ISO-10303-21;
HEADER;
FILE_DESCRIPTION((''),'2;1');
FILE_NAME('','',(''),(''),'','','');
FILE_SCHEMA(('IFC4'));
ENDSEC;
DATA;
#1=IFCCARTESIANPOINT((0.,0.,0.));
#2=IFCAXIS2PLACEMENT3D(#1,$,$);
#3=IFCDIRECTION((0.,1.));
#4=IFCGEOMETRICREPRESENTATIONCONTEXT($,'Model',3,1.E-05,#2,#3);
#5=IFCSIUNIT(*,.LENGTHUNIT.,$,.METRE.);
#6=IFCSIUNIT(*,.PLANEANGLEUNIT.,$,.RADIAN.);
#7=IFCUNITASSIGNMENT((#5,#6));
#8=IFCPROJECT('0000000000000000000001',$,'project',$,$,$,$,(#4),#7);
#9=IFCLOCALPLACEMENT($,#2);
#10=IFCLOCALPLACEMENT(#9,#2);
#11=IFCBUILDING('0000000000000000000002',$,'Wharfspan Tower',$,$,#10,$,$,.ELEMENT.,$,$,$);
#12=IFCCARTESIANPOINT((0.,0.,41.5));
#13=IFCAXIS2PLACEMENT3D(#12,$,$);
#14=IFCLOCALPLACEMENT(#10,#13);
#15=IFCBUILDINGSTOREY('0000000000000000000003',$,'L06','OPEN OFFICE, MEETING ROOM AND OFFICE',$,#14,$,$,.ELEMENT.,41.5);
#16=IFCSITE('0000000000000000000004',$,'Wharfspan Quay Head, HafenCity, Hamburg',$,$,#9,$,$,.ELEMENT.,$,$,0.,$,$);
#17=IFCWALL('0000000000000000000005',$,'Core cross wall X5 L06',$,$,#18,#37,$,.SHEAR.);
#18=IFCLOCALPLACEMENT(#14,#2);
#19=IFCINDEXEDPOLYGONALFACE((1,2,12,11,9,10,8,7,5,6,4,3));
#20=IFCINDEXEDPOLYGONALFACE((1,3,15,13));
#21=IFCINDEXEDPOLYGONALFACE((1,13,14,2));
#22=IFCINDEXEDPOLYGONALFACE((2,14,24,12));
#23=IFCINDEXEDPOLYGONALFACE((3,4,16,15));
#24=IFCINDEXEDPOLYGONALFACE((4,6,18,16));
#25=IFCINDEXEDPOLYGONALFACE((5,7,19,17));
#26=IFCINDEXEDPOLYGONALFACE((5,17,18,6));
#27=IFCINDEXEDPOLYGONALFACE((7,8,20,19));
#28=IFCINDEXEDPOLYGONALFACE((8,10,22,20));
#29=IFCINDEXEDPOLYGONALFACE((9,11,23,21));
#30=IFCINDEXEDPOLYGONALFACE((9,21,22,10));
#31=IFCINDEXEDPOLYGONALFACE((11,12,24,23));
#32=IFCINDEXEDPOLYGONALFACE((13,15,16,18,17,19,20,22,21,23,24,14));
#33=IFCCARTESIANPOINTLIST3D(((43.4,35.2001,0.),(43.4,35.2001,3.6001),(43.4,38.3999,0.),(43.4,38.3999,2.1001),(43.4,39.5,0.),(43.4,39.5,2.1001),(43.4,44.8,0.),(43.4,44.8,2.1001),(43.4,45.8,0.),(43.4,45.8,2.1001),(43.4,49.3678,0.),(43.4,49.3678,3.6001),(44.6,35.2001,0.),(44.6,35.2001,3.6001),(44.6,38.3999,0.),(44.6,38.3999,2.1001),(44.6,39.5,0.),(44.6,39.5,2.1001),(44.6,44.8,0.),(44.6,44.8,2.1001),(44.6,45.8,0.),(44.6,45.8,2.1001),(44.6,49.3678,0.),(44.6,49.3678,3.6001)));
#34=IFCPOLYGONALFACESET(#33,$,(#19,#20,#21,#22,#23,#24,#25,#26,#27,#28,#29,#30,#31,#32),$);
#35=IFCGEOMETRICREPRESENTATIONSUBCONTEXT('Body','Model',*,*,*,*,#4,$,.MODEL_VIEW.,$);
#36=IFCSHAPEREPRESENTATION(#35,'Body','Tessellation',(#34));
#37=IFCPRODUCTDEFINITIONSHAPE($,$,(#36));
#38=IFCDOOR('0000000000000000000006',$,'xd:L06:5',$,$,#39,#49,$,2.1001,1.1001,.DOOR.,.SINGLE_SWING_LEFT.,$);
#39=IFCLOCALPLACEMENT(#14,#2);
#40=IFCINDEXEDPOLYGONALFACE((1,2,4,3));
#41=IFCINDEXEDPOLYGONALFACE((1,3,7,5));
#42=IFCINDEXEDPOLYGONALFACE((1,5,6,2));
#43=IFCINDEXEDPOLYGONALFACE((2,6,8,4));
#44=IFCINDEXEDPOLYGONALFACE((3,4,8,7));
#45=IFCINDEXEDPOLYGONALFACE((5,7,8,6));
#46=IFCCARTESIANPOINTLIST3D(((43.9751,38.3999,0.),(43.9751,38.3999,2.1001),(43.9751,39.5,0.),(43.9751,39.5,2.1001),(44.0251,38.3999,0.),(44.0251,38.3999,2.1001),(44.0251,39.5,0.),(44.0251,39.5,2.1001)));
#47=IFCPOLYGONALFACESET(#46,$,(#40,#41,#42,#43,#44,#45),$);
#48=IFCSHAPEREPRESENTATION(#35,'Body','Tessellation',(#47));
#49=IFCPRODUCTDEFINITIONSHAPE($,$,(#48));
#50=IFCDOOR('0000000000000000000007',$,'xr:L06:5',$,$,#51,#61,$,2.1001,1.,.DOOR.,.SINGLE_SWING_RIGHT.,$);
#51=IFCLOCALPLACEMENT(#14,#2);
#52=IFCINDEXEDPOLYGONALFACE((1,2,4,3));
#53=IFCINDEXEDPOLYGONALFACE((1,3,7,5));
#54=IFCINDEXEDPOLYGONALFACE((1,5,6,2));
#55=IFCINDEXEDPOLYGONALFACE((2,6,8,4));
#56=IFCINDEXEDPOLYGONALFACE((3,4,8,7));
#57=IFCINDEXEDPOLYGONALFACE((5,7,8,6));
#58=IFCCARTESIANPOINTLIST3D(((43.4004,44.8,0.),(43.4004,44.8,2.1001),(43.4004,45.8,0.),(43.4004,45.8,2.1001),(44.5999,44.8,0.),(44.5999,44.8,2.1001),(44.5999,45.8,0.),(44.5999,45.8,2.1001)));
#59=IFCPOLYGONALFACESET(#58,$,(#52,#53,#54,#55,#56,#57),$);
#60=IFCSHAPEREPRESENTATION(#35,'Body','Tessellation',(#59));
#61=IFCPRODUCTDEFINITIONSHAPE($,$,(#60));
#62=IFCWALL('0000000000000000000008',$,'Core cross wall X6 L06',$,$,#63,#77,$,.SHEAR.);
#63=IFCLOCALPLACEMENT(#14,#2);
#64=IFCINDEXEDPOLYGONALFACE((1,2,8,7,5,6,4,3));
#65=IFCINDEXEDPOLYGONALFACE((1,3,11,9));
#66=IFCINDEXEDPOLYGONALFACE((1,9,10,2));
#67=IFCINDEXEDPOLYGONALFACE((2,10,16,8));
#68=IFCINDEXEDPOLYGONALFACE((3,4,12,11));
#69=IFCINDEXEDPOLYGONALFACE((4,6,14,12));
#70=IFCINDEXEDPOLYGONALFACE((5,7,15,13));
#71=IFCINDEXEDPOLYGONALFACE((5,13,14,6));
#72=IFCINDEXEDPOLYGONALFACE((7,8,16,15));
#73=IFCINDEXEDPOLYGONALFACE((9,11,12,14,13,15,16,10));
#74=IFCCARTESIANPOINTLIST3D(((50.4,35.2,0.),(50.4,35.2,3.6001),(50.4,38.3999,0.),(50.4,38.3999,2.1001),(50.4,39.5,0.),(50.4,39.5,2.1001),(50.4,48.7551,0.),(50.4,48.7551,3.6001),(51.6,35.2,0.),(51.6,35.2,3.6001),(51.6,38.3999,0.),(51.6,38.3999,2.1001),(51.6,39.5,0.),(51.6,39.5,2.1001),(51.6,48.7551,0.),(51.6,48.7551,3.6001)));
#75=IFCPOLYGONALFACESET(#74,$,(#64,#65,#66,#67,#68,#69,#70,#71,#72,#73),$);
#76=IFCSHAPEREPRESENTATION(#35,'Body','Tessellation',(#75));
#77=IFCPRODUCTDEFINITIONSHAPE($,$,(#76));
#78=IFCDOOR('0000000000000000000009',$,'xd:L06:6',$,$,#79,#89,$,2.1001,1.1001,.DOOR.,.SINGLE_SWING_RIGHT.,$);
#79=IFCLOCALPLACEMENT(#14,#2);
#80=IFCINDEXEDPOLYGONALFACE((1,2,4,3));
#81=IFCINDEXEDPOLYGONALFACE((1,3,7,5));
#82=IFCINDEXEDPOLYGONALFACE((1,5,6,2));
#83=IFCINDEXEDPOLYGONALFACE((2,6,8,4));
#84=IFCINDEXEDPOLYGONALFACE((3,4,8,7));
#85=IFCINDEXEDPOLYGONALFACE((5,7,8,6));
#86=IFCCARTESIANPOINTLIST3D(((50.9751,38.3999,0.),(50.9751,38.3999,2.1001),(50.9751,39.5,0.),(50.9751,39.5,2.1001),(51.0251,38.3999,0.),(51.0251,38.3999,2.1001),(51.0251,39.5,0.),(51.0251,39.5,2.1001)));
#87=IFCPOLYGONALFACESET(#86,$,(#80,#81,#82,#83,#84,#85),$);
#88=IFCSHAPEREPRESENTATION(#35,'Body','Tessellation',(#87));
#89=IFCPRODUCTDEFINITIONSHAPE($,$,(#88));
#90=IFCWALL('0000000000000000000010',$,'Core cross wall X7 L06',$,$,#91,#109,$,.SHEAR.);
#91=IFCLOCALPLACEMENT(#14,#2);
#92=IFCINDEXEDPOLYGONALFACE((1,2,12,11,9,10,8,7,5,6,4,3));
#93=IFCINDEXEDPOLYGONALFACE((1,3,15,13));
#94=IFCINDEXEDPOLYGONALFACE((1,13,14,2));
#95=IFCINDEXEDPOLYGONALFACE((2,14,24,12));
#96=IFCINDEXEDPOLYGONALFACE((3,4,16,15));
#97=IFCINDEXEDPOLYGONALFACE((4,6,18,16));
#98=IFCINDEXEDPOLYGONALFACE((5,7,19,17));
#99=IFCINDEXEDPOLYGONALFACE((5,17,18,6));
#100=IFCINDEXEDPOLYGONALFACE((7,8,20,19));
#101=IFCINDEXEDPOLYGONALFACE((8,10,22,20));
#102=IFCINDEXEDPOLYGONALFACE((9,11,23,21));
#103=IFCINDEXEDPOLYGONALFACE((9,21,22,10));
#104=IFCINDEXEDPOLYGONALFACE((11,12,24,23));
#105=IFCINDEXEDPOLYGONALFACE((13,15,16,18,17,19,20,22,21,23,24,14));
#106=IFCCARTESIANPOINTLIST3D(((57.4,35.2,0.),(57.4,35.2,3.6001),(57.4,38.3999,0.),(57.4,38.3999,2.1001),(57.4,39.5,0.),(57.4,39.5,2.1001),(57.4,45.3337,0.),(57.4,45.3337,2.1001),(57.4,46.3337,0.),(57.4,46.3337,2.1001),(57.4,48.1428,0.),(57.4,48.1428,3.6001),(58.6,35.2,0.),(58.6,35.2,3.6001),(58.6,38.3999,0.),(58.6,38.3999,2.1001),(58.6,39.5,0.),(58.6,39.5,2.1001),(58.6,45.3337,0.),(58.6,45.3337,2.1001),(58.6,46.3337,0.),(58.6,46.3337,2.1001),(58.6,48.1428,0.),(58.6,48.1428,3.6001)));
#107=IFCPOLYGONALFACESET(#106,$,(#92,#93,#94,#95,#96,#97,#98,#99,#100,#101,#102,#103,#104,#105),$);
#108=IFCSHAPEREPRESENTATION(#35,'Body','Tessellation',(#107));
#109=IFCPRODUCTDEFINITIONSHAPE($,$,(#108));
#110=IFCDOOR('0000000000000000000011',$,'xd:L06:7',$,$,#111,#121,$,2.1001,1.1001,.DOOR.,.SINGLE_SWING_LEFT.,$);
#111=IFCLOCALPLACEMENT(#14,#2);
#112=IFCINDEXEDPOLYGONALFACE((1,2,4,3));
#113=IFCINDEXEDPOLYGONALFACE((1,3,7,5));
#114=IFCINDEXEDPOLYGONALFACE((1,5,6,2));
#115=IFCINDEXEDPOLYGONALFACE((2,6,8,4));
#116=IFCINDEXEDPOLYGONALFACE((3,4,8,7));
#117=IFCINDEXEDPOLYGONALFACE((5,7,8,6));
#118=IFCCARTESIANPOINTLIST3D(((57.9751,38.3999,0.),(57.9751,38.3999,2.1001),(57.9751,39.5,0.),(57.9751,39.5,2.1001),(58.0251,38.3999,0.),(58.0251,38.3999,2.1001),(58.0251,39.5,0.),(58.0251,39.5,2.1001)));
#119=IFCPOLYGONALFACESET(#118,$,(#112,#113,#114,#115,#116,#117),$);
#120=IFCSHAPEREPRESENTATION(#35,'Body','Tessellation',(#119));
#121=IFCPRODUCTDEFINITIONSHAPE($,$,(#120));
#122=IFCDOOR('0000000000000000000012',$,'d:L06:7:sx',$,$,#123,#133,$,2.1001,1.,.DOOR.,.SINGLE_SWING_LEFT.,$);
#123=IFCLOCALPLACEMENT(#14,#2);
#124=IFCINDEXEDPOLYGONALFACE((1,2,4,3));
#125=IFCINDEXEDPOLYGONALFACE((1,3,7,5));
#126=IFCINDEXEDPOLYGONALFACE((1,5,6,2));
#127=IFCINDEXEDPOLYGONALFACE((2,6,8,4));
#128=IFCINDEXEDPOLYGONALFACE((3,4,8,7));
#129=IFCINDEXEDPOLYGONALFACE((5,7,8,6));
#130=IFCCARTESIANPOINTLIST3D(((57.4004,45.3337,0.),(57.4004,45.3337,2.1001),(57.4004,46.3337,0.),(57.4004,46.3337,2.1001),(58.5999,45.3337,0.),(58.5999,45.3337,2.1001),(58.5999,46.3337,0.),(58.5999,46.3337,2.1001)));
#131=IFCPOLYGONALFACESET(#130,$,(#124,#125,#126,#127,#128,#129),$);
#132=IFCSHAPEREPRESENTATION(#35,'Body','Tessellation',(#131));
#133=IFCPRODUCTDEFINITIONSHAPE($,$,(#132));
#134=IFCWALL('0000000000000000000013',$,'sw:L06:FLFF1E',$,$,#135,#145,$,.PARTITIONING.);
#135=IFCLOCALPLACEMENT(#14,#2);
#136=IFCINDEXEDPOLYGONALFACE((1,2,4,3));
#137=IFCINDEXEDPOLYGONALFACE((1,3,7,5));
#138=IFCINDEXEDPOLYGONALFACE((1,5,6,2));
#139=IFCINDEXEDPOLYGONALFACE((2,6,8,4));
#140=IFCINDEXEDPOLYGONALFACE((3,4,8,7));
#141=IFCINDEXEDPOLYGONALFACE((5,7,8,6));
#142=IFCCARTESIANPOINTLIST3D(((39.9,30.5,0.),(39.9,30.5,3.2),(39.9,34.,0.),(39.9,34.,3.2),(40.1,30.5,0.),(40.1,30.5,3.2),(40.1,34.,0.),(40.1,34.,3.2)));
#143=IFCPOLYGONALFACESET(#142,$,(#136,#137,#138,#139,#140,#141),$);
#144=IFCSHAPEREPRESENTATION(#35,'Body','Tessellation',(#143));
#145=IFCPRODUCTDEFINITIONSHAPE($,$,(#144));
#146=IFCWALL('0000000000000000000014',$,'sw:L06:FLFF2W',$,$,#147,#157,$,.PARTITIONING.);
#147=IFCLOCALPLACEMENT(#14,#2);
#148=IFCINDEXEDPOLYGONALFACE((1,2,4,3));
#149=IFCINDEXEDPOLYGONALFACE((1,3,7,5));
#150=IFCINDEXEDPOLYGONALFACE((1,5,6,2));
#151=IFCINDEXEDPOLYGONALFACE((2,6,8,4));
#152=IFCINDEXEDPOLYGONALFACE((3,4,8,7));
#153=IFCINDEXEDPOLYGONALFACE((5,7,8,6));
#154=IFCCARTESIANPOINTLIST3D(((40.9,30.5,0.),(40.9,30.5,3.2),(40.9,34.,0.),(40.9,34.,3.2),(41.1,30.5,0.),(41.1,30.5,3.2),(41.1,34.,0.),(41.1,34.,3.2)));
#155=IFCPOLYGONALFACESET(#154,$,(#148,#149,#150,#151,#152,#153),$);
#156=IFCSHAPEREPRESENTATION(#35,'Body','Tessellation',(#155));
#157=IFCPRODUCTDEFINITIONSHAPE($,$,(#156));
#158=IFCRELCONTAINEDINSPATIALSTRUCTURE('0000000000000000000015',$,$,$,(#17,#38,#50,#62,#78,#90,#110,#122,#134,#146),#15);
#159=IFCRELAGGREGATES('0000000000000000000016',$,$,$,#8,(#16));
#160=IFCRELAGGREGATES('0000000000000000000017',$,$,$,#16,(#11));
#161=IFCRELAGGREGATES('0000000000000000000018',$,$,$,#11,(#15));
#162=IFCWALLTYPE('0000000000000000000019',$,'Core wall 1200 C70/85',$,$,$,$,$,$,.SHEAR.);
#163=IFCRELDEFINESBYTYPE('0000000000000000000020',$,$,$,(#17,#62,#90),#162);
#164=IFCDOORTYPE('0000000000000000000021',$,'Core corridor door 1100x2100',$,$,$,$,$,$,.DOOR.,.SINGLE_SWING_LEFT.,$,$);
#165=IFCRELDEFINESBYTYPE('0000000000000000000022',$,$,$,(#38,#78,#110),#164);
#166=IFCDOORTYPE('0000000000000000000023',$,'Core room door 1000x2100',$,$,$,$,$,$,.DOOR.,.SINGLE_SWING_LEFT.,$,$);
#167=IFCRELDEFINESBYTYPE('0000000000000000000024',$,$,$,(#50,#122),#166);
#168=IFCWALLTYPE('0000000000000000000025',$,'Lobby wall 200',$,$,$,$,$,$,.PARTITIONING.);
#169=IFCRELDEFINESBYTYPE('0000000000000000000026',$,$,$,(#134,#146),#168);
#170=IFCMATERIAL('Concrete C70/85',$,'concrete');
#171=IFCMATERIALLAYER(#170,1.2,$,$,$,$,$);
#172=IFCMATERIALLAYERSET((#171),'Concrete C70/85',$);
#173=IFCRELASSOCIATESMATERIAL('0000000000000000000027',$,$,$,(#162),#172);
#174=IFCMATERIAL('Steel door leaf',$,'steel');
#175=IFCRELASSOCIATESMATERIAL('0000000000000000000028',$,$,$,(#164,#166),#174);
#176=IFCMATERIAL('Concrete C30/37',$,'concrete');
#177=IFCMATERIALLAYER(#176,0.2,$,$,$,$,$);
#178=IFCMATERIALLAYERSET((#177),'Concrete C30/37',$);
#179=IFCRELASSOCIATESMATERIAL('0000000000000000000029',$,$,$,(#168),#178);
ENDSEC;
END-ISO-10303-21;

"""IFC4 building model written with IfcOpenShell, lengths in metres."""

from ifc_helpers import new_model, si_unit, direction, frame, frame_2d, origin, place, context, subcontext, project, spatial, rectangle, extrude, material, layer, layer_set, type_object, element, fill, save


model = new_model("IFC4")

# Units and contexts
model_context = context("Model", 3, precision=1e-05, world=origin(), true_north=direction((0.0, 1.0)))
body_context = subcontext(model_context, "Body", "Model", "MODEL_VIEW")
ifc_project = project(units=[si_unit("LENGTHUNIT", "METRE"), si_unit("PLANEANGLEUNIT", "RADIAN")], contexts=[model_context])

# Site, building, storey
site_placement = place(None, origin())
site = spatial("IfcSite", under=ifc_project, at=site_placement, Name="Wharfspan Quay Head, HafenCity, Hamburg", CompositionType="ELEMENT", RefElevation=0.0)
building_placement = place(site_placement, origin())
building = spatial("IfcBuilding", under=site, at=building_placement, Name="Wharfspan Tower", CompositionType="ELEMENT")
storey_placement = place(building_placement, frame((0.0, 0.0, 41.5)))
storey = spatial("IfcBuildingStorey", under=building, at=storey_placement, Name="L06", Description="OPEN OFFICE, MEETING ROOM AND OFFICE", CompositionType="ELEMENT", Elevation=41.5)

# Wall, openings, doors
ifc_material_1 = material(Name="Concrete C70/85", Category="concrete")
ifc_layer_1 = layer(ifc_material_1, 1.2)
ifc_layer_set_1 = layer_set([ifc_layer_1], Name="Concrete C70/85")
wall_type_1 = type_object("IfcWallType", Name="Core wall 1200 C70/85", PredefinedType="SHEAR", material=ifc_layer_set_1)
wall_1_placement = place(storey_placement, frame((44.0, 35.2, 0.0), z_axis=(0.0, 0.0, 1.0), x_axis=(0.0, 1.0, 0.0)))
wall_1 = element("IfcWall", 1, at=wall_1_placement, inside=storey, type_object=wall_type_1, Name="Core cross wall X5 L06", PredefinedType="SHEAR", context=body_context, shape_type="SweptSolid", body=[
    extrude(rectangle(XDim=14.1677, YDim=1.2, at=frame_2d((7.084, 0.0))), origin(), (0.0, 0.0, 1.0), 3.6001),
])
opening_1_placement = place(wall_1_placement, frame((3.2, 0.0, 0.0)))
opening_1 = element("IfcOpeningElement", 2, at=opening_1_placement, cuts=wall_1, PredefinedType="OPENING", context=body_context, shape_type="SweptSolid", body=[
    extrude(rectangle(XDim=1.1001, YDim=2.1001, at=frame_2d((0.55, 1.05))), frame((0.0, 0.6099, 0.0), z_axis=(0.0, -1.0, 0.0), x_axis=(1.0, 0.0, 0.0)), (0.0, 0.0, 1.0), 1.22),
])
opening_2_placement = place(wall_1_placement, frame((9.6001, 0.0, 0.0)))
opening_2 = element("IfcOpeningElement", 3, at=opening_2_placement, cuts=wall_1, PredefinedType="OPENING", context=body_context, shape_type="SweptSolid", body=[
    extrude(rectangle(XDim=1.0, YDim=2.1001, at=frame_2d((0.5, 1.05))), frame((0.0, 0.6099, 0.0), z_axis=(0.0, -1.0, 0.0), x_axis=(1.0, 0.0, 0.0)), (0.0, 0.0, 1.0), 1.22),
])
ifc_material_2 = material(Name="Steel door leaf", Category="steel")
door_type_1 = type_object("IfcDoorType", Name="Core corridor door 1100x2100", OperationType="SINGLE_SWING_LEFT", PredefinedType="DOOR", material=ifc_material_2)
door_1_placement = place(opening_1_placement, origin())
door_1 = element("IfcDoor", 4, at=door_1_placement, inside=storey, type_object=door_type_1, Name="xd:L06:5", OperationType="SINGLE_SWING_LEFT", OverallHeight=2.1001, OverallWidth=1.1001, PredefinedType="DOOR", context=body_context, shape_type="SweptSolid", body=[
    extrude(rectangle(XDim=1.1001, YDim=2.1001, at=frame_2d((0.55, 1.05))), frame((0.0, 0.0249, 0.0), z_axis=(0.0, -1.0, 0.0), x_axis=(1.0, 0.0, 0.0)), (0.0, 0.0, 1.0), 0.05),
])
fill(opening_1, door_1)
door_type_2 = type_object("IfcDoorType", Name="Core room door 1000x2100", OperationType="SINGLE_SWING_LEFT", PredefinedType="DOOR", material=ifc_material_2)
door_2_placement = place(opening_2_placement, origin())
door_2 = element("IfcDoor", 5, at=door_2_placement, inside=storey, type_object=door_type_2, Name="xr:L06:5", OperationType="SINGLE_SWING_RIGHT", OverallHeight=2.1001, OverallWidth=1.0, PredefinedType="DOOR", context=body_context, shape_type="SweptSolid", body=[
    extrude(rectangle(XDim=1.0, YDim=2.1001, at=frame_2d((0.5, 1.05))), frame((0.0, 0.5996, 0.0), z_axis=(0.0, -1.0, 0.0), x_axis=(1.0, 0.0, 0.0)), (0.0, 0.0, 1.0), 1.1995),
])
fill(opening_2, door_2)

# Wall, opening, door
wall_2_placement = place(storey_placement, frame((51.0, 35.2, 0.0), z_axis=(0.0, 0.0, 1.0), x_axis=(0.0, 1.0, 0.0)))
wall_2 = element("IfcWall", 6, at=wall_2_placement, inside=storey, type_object=wall_type_1, Name="Core cross wall X6 L06", PredefinedType="SHEAR", context=body_context, shape_type="SweptSolid", body=[
    extrude(rectangle(XDim=13.5552, YDim=1.2, at=frame_2d((6.7776, 0.0))), origin(), (0.0, 0.0, 1.0), 3.6001),
])
opening_3_placement = place(wall_2_placement, frame((3.2, 0.0, 0.0)))
opening_3 = element("IfcOpeningElement", 7, at=opening_3_placement, cuts=wall_2, PredefinedType="OPENING", context=body_context, shape_type="SweptSolid", body=[
    extrude(rectangle(XDim=1.1001, YDim=2.1001, at=frame_2d((0.55, 1.05))), frame((0.0, 0.6099, 0.0), z_axis=(0.0, -1.0, 0.0), x_axis=(1.0, 0.0, 0.0)), (0.0, 0.0, 1.0), 1.22),
])
door_3_placement = place(opening_3_placement, origin())
door_3 = element("IfcDoor", 8, at=door_3_placement, inside=storey, type_object=door_type_1, Name="xd:L06:6", OperationType="SINGLE_SWING_RIGHT", OverallHeight=2.1001, OverallWidth=1.1001, PredefinedType="DOOR", context=body_context, shape_type="SweptSolid", body=[
    extrude(rectangle(XDim=1.1001, YDim=2.1001, at=frame_2d((0.55, 1.05))), frame((0.0, 0.0249, 0.0), z_axis=(0.0, -1.0, 0.0), x_axis=(1.0, 0.0, 0.0)), (0.0, 0.0, 1.0), 0.05),
])
fill(opening_3, door_3)

# Wall, openings, doors
wall_3_placement = place(storey_placement, frame((58.0, 35.2, 0.0), z_axis=(0.0, 0.0, 1.0), x_axis=(0.0, 1.0, 0.0)))
wall_3 = element("IfcWall", 9, at=wall_3_placement, inside=storey, type_object=wall_type_1, Name="Core cross wall X7 L06", PredefinedType="SHEAR", context=body_context, shape_type="SweptSolid", body=[
    extrude(rectangle(XDim=12.9429, YDim=1.2, at=frame_2d((6.4714, 0.0))), origin(), (0.0, 0.0, 1.0), 3.6001),
])
opening_4_placement = place(wall_3_placement, frame((10.1338, 0.0, 0.0)))
opening_4 = element("IfcOpeningElement", 10, at=opening_4_placement, cuts=wall_3, PredefinedType="OPENING", context=body_context, shape_type="SweptSolid", body=[
    extrude(rectangle(XDim=1.0, YDim=2.1001, at=frame_2d((0.5, 1.05))), frame((0.0, 0.6099, 0.0), z_axis=(0.0, -1.0, 0.0), x_axis=(1.0, 0.0, 0.0)), (0.0, 0.0, 1.0), 1.22),
])
opening_5_placement = place(wall_3_placement, frame((3.2, 0.0, 0.0)))
opening_5 = element("IfcOpeningElement", 11, at=opening_5_placement, cuts=wall_3, PredefinedType="OPENING", context=body_context, shape_type="SweptSolid", body=[
    extrude(rectangle(XDim=1.1001, YDim=2.1001, at=frame_2d((0.55, 1.05))), frame((0.0, 0.6099, 0.0), z_axis=(0.0, -1.0, 0.0), x_axis=(1.0, 0.0, 0.0)), (0.0, 0.0, 1.0), 1.22),
])
door_4_placement = place(opening_5_placement, origin())
door_4 = element("IfcDoor", 12, at=door_4_placement, inside=storey, type_object=door_type_1, Name="xd:L06:7", OperationType="SINGLE_SWING_LEFT", OverallHeight=2.1001, OverallWidth=1.1001, PredefinedType="DOOR", context=body_context, shape_type="SweptSolid", body=[
    extrude(rectangle(XDim=1.1001, YDim=2.1001, at=frame_2d((0.55, 1.05))), frame((0.0, 0.0249, 0.0), z_axis=(0.0, -1.0, 0.0), x_axis=(1.0, 0.0, 0.0)), (0.0, 0.0, 1.0), 0.05),
])
fill(opening_5, door_4)
door_5_placement = place(opening_4_placement, origin())
door_5 = element("IfcDoor", 13, at=door_5_placement, inside=storey, type_object=door_type_2, Name="d:L06:7:sx", OperationType="SINGLE_SWING_LEFT", OverallHeight=2.1001, OverallWidth=1.0, PredefinedType="DOOR", context=body_context, shape_type="SweptSolid", body=[
    extrude(rectangle(XDim=1.0, YDim=2.1001, at=frame_2d((0.5, 1.05))), frame((0.0, 0.5996, 0.0), z_axis=(0.0, -1.0, 0.0), x_axis=(1.0, 0.0, 0.0)), (0.0, 0.0, 1.0), 1.1995),
])
fill(opening_4, door_5)

# Walls
ifc_material_3 = material(Name="Concrete C30/37", Category="concrete")
ifc_layer_2 = layer(ifc_material_3, 0.2)
ifc_layer_set_2 = layer_set([ifc_layer_2], Name="Concrete C30/37")
wall_type_2 = type_object("IfcWallType", Name="Lobby wall 200", PredefinedType="PARTITIONING", material=ifc_layer_set_2)
for number, where, z_axis, x_axis, name in (
    (14, (40.0, 30.5, 0.0), (0.0, 0.0, 1.0), (0.0, 1.0, 0.0), "sw:L06:FLFF1E"),
    (15, (41.0, 30.5, 0.0), (0.0, 0.0, 1.0), (0.0, 1.0, 0.0), "sw:L06:FLFF2W"),
):
    element("IfcWall", number, at=place(storey_placement, frame(where, z_axis=z_axis, x_axis=x_axis)), inside=storey, type_object=wall_type_2, Name=name, PredefinedType="PARTITIONING", context=body_context, shape_type="SweptSolid", body=[
        extrude(rectangle(XDim=3.5, YDim=0.2, at=frame_2d((1.75, 0.0))), origin(), (0.0, 0.0, 1.0), 3.2),
    ])

save(model, "model.ifc")
